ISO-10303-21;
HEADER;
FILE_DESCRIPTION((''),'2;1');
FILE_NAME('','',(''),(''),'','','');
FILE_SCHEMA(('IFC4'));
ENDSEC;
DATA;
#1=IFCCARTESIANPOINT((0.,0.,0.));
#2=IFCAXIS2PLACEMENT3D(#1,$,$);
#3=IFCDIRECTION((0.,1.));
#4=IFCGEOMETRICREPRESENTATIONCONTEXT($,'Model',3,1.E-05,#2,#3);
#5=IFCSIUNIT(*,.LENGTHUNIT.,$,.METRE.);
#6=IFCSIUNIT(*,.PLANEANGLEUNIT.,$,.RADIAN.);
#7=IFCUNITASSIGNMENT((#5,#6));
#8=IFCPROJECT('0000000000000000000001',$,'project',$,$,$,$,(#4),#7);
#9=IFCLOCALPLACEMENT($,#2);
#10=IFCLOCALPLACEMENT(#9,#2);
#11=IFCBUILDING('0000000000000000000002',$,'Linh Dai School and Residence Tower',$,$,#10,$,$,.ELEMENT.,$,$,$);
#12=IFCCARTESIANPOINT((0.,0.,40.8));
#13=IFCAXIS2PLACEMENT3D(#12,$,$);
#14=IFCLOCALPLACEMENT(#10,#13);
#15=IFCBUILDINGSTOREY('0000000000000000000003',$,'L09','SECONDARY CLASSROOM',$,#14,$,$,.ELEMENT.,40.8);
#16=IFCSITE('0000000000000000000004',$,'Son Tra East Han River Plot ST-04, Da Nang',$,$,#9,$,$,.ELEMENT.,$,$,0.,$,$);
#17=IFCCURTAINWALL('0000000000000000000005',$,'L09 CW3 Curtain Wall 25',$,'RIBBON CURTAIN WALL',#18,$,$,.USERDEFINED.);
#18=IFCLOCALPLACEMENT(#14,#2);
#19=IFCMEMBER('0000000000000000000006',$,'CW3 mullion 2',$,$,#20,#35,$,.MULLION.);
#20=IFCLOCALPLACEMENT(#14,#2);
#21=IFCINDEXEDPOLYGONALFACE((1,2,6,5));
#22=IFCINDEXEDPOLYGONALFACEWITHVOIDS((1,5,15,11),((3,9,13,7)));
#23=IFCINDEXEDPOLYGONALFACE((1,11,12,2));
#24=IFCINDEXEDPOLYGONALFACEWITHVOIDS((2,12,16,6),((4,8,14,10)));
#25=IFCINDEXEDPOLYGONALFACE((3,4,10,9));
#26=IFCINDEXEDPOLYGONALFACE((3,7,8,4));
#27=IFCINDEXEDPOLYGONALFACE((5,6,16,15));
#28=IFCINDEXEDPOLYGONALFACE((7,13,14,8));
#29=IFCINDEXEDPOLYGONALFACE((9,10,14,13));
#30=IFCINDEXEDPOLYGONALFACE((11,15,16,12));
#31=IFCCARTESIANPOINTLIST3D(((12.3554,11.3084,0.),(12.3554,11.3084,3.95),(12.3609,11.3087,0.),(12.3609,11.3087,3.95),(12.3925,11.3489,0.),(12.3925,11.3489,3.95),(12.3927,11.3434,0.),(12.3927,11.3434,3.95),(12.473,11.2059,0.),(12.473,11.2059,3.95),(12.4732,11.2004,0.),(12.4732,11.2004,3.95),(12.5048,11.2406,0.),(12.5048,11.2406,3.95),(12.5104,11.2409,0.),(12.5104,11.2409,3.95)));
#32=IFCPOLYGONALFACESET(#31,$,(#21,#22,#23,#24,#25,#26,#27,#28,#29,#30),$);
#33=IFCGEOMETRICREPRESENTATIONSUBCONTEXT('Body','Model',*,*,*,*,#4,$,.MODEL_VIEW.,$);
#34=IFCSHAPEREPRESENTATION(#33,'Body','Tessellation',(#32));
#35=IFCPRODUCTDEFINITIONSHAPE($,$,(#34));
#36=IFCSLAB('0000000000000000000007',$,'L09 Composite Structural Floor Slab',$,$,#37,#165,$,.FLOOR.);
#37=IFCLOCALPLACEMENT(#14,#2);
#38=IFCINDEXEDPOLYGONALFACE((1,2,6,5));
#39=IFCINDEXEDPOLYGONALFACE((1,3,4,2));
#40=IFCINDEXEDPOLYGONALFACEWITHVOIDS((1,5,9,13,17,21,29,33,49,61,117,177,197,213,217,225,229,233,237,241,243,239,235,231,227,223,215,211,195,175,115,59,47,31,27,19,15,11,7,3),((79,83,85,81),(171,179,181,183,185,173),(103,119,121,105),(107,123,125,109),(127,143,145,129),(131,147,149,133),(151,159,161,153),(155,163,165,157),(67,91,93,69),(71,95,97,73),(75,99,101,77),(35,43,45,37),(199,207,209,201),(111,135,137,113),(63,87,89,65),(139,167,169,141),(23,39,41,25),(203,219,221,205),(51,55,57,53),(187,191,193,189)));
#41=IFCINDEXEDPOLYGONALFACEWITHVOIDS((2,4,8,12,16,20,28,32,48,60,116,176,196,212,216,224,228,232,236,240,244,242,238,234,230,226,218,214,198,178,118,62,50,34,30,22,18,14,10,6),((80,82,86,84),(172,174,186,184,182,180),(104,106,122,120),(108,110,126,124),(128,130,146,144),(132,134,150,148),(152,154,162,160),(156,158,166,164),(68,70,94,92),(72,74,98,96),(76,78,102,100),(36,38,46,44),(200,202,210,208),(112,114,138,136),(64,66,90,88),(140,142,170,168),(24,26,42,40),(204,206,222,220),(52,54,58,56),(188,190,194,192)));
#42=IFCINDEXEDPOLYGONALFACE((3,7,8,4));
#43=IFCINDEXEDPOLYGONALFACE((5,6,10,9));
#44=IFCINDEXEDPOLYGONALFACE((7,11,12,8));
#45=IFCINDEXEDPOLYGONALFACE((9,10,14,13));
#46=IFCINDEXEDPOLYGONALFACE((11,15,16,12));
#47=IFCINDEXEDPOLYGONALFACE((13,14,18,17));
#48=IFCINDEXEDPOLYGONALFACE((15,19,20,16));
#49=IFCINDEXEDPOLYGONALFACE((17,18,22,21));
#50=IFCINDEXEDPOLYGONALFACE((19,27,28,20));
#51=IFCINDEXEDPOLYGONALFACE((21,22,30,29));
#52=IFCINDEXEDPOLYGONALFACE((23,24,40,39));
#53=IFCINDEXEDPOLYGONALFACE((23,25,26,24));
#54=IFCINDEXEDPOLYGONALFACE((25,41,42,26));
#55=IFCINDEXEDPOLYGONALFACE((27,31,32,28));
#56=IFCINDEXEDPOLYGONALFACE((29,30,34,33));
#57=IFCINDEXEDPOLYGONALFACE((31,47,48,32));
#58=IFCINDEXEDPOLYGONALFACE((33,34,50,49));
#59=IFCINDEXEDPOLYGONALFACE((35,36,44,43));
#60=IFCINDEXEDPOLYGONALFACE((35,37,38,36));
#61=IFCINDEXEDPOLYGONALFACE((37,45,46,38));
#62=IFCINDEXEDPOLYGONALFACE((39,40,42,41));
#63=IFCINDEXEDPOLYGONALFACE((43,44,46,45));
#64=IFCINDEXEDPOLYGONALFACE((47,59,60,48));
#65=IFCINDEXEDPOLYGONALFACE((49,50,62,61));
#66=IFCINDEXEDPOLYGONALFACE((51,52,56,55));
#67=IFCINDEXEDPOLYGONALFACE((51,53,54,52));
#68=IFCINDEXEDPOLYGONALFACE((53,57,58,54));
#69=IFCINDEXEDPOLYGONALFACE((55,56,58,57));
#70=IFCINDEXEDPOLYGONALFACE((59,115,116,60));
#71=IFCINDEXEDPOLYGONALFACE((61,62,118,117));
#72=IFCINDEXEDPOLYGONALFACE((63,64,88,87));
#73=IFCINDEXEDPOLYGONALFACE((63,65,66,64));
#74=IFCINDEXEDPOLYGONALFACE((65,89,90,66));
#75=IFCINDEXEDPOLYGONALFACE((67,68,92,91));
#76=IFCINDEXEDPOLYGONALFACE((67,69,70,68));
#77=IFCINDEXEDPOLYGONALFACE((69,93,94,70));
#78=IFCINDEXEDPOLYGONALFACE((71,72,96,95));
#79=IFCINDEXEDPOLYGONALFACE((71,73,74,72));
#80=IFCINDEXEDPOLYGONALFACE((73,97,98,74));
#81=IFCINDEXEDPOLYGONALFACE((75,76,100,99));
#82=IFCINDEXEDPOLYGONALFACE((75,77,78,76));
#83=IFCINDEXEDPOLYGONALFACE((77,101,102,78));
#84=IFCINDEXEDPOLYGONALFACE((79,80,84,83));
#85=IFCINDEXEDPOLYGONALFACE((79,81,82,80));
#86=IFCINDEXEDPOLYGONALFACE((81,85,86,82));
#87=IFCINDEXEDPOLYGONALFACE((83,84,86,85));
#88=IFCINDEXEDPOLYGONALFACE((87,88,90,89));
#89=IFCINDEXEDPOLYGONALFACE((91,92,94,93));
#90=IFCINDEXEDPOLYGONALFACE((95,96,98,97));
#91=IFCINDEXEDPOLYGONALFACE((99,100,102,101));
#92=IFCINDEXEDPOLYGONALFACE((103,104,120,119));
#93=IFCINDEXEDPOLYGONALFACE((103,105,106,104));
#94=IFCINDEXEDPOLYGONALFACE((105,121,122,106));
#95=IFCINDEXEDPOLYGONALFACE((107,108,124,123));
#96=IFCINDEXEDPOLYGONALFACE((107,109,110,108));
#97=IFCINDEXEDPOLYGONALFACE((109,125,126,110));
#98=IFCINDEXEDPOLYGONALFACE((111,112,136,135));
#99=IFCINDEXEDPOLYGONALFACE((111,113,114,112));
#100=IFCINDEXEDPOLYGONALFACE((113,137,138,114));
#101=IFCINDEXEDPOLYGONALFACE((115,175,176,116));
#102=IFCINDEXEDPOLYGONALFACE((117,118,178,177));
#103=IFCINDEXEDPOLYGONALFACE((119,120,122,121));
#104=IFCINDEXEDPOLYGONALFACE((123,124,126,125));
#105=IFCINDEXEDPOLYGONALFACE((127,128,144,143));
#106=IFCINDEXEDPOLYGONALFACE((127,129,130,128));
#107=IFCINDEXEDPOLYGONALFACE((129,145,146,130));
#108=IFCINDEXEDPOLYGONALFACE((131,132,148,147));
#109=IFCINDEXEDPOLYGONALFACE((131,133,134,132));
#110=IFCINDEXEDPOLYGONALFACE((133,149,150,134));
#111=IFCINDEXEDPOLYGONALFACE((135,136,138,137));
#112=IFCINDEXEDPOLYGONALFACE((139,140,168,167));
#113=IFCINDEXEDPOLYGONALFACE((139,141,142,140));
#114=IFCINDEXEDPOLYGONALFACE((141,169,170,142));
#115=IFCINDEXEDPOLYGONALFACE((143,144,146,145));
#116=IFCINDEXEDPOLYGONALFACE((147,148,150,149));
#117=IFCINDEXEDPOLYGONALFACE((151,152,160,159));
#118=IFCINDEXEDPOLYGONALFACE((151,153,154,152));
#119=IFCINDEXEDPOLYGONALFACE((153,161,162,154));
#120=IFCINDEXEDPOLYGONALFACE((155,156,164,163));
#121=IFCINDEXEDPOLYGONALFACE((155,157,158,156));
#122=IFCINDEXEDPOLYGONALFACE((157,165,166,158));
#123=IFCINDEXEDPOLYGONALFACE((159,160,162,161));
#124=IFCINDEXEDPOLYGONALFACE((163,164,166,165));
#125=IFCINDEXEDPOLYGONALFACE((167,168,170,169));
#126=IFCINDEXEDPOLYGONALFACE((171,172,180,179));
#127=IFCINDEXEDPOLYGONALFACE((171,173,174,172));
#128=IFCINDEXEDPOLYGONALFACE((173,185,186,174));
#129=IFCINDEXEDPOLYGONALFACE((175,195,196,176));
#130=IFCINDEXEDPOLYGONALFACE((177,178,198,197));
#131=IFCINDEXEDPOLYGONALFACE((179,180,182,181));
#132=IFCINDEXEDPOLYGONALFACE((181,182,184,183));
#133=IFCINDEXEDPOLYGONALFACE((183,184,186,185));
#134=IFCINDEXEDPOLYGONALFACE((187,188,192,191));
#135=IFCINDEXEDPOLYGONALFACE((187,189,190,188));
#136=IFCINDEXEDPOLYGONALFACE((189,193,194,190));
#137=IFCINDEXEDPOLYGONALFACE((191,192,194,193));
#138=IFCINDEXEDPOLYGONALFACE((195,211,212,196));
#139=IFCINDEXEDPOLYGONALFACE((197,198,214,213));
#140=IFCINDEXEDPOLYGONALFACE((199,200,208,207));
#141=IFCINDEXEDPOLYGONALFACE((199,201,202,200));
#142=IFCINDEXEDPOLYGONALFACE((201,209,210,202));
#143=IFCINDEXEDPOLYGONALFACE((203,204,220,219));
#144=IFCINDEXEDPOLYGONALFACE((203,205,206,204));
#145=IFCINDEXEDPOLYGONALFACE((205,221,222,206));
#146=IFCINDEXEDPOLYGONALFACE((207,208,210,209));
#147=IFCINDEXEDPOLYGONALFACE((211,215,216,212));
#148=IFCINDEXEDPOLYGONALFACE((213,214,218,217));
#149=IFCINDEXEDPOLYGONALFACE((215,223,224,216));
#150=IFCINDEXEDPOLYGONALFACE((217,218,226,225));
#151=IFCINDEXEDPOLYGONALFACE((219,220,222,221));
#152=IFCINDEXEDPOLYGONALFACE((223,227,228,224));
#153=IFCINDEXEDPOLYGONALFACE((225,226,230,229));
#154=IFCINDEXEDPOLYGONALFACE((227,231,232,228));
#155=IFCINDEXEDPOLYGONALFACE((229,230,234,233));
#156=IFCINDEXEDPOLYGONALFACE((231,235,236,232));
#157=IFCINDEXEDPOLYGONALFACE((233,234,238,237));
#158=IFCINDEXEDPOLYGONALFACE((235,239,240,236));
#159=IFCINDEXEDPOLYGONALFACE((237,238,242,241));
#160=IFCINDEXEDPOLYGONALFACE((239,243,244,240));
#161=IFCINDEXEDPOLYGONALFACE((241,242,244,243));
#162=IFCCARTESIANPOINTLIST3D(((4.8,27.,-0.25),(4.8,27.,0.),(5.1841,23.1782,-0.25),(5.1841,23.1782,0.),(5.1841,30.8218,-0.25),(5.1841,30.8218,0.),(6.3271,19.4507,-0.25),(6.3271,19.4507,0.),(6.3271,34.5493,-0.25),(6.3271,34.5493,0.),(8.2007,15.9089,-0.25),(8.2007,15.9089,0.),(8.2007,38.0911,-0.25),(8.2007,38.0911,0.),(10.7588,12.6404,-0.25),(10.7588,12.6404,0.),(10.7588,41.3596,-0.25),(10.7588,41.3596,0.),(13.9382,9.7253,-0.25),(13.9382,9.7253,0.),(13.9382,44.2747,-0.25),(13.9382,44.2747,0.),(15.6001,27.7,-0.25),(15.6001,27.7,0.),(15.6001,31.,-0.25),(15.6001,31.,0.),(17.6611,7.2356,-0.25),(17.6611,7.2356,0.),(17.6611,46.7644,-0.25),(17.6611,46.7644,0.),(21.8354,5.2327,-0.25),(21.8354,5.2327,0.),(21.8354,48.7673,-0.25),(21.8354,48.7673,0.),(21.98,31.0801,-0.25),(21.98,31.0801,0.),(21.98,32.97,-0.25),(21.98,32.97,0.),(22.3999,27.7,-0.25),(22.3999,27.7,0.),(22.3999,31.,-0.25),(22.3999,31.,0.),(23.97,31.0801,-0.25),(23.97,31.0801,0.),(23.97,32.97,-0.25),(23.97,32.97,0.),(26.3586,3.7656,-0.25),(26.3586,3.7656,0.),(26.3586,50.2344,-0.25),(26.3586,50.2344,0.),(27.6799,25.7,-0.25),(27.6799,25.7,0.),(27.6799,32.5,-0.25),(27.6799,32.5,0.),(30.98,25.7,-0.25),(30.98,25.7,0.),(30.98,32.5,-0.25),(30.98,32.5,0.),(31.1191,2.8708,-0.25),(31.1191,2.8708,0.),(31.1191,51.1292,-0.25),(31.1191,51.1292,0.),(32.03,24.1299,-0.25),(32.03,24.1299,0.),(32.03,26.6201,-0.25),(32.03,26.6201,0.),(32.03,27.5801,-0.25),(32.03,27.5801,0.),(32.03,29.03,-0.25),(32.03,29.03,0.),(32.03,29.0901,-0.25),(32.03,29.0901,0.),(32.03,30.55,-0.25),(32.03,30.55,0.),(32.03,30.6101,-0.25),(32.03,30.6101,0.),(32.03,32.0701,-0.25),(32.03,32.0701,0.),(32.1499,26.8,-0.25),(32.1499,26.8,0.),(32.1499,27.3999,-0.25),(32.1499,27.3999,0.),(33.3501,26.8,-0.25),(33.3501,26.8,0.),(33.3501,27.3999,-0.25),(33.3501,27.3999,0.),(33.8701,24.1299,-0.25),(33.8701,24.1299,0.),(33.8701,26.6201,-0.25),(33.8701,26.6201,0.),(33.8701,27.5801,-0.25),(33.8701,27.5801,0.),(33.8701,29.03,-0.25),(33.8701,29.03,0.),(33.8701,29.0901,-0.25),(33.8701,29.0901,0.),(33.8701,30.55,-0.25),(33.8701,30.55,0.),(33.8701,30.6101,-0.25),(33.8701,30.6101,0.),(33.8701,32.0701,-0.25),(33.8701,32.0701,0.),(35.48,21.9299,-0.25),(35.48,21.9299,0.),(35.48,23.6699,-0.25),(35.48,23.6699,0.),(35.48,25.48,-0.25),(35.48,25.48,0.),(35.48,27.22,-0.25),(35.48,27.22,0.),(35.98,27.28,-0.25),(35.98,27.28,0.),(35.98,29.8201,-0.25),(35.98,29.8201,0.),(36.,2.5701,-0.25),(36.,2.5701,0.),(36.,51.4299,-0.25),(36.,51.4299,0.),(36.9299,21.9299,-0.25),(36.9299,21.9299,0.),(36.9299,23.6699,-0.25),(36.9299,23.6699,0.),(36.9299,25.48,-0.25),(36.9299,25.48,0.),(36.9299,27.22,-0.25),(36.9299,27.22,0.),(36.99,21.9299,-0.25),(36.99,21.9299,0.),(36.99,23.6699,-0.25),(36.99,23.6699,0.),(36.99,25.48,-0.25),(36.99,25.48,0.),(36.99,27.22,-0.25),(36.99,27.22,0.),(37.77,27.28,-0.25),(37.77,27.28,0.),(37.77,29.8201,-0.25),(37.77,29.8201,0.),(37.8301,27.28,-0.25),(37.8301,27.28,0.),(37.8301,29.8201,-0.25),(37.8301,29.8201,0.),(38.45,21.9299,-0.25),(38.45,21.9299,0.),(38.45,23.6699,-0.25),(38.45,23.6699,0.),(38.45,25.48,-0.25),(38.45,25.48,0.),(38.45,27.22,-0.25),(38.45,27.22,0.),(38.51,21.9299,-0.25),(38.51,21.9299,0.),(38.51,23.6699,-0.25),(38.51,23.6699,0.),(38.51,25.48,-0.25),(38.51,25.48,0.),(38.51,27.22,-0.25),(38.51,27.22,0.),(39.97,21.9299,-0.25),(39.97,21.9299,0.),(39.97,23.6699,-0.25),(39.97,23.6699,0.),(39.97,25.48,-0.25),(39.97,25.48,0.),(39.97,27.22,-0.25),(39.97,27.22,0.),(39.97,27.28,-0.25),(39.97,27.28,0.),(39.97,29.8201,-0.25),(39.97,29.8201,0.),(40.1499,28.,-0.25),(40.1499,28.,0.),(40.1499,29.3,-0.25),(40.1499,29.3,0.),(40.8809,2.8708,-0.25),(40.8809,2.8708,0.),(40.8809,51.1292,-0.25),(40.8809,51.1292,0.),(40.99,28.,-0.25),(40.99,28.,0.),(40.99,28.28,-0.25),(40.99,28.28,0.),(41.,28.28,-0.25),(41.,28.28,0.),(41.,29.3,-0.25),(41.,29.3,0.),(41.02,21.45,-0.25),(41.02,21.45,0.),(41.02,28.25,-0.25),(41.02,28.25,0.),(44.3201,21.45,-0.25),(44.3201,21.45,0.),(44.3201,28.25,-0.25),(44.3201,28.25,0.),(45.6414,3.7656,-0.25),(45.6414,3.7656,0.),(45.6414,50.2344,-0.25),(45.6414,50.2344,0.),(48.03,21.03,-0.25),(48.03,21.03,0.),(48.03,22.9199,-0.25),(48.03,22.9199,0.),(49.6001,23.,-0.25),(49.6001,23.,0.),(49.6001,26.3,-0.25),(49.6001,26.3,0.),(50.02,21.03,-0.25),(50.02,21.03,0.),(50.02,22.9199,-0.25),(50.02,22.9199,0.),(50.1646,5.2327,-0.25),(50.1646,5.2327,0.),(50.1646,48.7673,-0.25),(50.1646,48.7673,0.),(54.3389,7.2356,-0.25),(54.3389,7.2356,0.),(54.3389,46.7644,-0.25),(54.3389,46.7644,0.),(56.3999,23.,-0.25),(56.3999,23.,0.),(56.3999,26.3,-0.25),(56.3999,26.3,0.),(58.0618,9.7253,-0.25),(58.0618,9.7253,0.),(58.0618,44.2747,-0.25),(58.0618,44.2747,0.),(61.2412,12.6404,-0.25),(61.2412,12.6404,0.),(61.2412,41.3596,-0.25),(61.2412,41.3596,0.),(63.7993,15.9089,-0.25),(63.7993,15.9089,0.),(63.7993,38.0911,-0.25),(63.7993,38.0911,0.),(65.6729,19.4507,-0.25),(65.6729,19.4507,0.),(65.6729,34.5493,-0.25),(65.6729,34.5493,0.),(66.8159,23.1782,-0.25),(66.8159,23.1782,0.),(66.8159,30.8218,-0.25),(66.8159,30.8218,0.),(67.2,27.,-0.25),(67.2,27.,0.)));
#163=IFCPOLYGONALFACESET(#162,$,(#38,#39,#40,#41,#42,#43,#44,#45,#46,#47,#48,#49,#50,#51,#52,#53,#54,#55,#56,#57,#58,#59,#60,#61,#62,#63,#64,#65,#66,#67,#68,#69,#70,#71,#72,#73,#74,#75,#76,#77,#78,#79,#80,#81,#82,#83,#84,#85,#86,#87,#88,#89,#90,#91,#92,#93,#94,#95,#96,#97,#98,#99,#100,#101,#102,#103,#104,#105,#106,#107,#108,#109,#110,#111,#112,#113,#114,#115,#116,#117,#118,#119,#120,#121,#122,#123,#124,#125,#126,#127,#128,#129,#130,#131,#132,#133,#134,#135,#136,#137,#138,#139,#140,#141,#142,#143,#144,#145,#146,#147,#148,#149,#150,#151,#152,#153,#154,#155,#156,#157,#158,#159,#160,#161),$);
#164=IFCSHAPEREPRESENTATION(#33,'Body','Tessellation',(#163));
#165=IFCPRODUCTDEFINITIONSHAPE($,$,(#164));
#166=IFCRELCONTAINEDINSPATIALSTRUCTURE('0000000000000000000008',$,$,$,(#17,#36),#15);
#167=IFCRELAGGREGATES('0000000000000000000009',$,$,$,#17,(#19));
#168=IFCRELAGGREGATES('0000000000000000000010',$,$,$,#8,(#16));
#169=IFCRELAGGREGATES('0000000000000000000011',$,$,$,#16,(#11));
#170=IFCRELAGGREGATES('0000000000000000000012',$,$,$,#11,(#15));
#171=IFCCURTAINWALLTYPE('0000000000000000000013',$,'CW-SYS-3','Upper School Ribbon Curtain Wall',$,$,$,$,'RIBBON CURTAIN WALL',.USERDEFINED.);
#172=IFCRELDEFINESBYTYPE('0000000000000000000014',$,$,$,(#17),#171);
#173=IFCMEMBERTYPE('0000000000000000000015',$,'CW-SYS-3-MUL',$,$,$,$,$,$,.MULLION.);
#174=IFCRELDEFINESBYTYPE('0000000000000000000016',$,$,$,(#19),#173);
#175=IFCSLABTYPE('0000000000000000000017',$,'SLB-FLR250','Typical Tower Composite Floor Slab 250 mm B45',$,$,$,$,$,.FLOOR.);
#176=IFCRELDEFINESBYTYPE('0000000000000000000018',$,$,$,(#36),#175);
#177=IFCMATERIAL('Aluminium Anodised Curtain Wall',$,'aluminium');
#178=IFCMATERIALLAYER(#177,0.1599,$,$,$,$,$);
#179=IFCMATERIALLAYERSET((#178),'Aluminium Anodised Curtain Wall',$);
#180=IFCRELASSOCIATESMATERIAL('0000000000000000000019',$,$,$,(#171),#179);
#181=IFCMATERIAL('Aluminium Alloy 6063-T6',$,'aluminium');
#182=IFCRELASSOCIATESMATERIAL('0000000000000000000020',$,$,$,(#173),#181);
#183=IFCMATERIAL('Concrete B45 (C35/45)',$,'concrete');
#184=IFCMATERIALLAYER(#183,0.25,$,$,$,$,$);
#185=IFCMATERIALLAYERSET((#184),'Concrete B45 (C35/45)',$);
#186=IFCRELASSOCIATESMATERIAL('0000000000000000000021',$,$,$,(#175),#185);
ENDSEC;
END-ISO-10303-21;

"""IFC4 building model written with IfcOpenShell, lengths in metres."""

from ifc_helpers import new_model, si_unit, direction, frame, origin, origin_2d, place, context, subcontext, project, spatial, polyline, hollow_rectangle, outline, extrude, source, transform, mapped, material, layer, layer_set, material_profile, profile_set, type_object, element, aggregate, save


model = new_model("IFC4")

# Units and contexts
model_context = context("Model", 3, precision=1e-05, world=origin(), true_north=direction((0.0, 1.0)))
body_context = subcontext(model_context, "Body", "Model", "MODEL_VIEW")
ifc_project = project(units=[si_unit("LENGTHUNIT", "METRE"), si_unit("PLANEANGLEUNIT", "RADIAN")], contexts=[model_context])

# Site, building, storey
site_placement = place(None, origin())
site = spatial("IfcSite", under=ifc_project, at=site_placement, Name="Son Tra East Han River Plot ST-04, Da Nang", CompositionType="ELEMENT", RefElevation=0.0)
building_placement = place(site_placement, origin())
building = spatial("IfcBuilding", under=site, at=building_placement, Name="Linh Dai School and Residence Tower", CompositionType="ELEMENT")
storey_placement = place(building_placement, frame((0.0, 0.0, 40.8)))
storey = spatial("IfcBuildingStorey", under=building, at=storey_placement, Name="L09", Description="SECONDARY CLASSROOM", CompositionType="ELEMENT", Elevation=40.8)

# Curtain wall, member
ifc_material_1 = material(Name="Aluminium Anodised Curtain Wall", Category="aluminium")
ifc_layer_1 = layer(ifc_material_1, 0.1599)
ifc_layer_set_1 = layer_set([ifc_layer_1], Name="Aluminium Anodised Curtain Wall")
curtain_wall_type = type_object("IfcCurtainWallType", Name="CW-SYS-3", Description="Upper School Ribbon Curtain Wall", ElementType="RIBBON CURTAIN WALL", PredefinedType="USERDEFINED", material=ifc_layer_set_1)
curtain_wall_placement = place(storey_placement, origin())
curtain_wall = element("IfcCurtainWall", 1, at=curtain_wall_placement, inside=storey, type_object=curtain_wall_type, Name="L09 CW3 Curtain Wall 25", ObjectType="RIBBON CURTAIN WALL", PredefinedType="USERDEFINED")
ifc_material_2 = material(Name="Aluminium Alloy 6063-T6", Category="aluminium")
ifc_material_profile_1 = material_profile(ifc_material_2, hollow_rectangle(XDim=0.0549, YDim=0.1599, WallThickness=0.0039, at=origin_2d()), Name="RHS 160x55x4")
ifc_profile_set_1 = profile_set([ifc_material_profile_1], Name="Aluminium Alloy 6063-T6")
member_type_1 = type_object("IfcMemberType", Name="CW-SYS-3-MUL", PredefinedType="MULLION", material=ifc_profile_set_1)
shared_shape_1 = source(origin(), body_context, "Body", "SweptSolid", [
    extrude(hollow_rectangle(XDim=0.0549, YDim=0.1599, WallThickness=0.0039, at=origin_2d()), origin(), (0.0, 0.0, 1.0), 3.95),
])
member_1_placement = place(storey_placement, frame((12.4329, 11.2747, 0.0), z_axis=(0.0, 0.0, 1.0), x_axis=(-0.675769, -0.737113, 0.0)))
member_1 = element("IfcMember", 2, at=member_1_placement, type_object=member_type_1, Name="CW3 mullion 2", PredefinedType="MULLION", context=body_context, shape_type="MappedRepresentation", body=[
    mapped(shared_shape_1, transform((0.0, 0.0, 0.0), x_axis=(1.0, 0.0, 0.0), y_axis=(0.0, 1.0, 0.0), z_axis=(0.0, 0.0, 1.0), scale=1.0)),
])

# Slab
ifc_material_3 = material(Name="Concrete B45 (C35/45)", Category="concrete")
ifc_layer_2 = layer(ifc_material_3, 0.25)
ifc_layer_set_2 = layer_set([ifc_layer_2], Name="Concrete B45 (C35/45)")
slab_type_1 = type_object("IfcSlabType", Name="SLB-FLR250", Description="Typical Tower Composite Floor Slab 250 mm B45", PredefinedType="FLOOR", material=ifc_layer_set_2)
slab_1_placement = place(storey_placement, frame((0.0, 0.0, -0.25)))
element("IfcSlab", 3, at=slab_1_placement, inside=storey, type_object=slab_type_1, Name="L09 Composite Structural Floor Slab", PredefinedType="FLOOR", context=body_context, shape_type="SweptSolid", body=[
    extrude(outline(polyline([(67.2, 27.0), (66.8159, 30.8218), (65.6729, 34.5493), (63.7993, 38.0911), (61.2412, 41.3596), (58.0618, 44.2747), (54.3389, 46.7644), (50.1646, 48.7673), (45.6414, 50.2344), (40.8809, 51.1292), (36.0, 51.4299), (31.1191, 51.1292), (26.3586, 50.2344), (21.8354, 48.7673), (17.6611, 46.7644), (13.9382, 44.2747), (10.7588, 41.3596), (8.2007, 38.0911), (6.3271, 34.5493), (5.1841, 30.8218), (4.8, 27.0), (5.1841, 23.1782), (6.3271, 19.4507), (8.2007, 15.9089), (10.7588, 12.6404), (13.9382, 9.7253), (17.6611, 7.2356), (21.8354, 5.2327), (26.3586, 3.7656), (31.1191, 2.8708), (36.0, 2.5701), (40.8809, 2.8708), (45.6414, 3.7656), (50.1646, 5.2327), (54.3389, 7.2356), (58.0618, 9.7253), (61.2412, 12.6404), (63.7993, 15.9089), (65.6729, 19.4507), (66.8159, 23.1782), (67.2, 27.0)]), holes=[polyline([(30.98, 25.7), (30.98, 32.5), (27.6799, 32.5), (27.6799, 25.7), (30.98, 25.7)]), polyline([(41.02, 28.25), (41.02, 21.45), (44.3201, 21.45), (44.3201, 28.25), (41.02, 28.25)]), polyline([(22.3999, 31.0), (15.6001, 31.0), (15.6001, 27.7), (22.3999, 27.7), (22.3999, 31.0)]), polyline([(49.6001, 23.0), (56.3999, 23.0), (56.3999, 26.3), (49.6001, 26.3), (49.6001, 23.0)]), polyline([(35.98, 27.28), (37.77, 27.28), (37.77, 29.8201), (35.98, 29.8201), (35.98, 27.28)]), polyline([(32.03, 24.1299), (33.8701, 24.1299), (33.8701, 26.6201), (32.03, 26.6201), (32.03, 24.1299)]), polyline([(37.8301, 27.28), (39.97, 27.28), (39.97, 29.8201), (37.8301, 29.8201), (37.8301, 27.28)]), polyline([(35.48, 21.9299), (36.9299, 21.9299), (36.9299, 23.6699), (35.48, 23.6699), (35.48, 21.9299)]), polyline([(36.99, 21.9299), (38.45, 21.9299), (38.45, 23.6699), (36.99, 23.6699), (36.99, 21.9299)]), polyline([(38.51, 21.9299), (39.97, 21.9299), (39.97, 23.6699), (38.51, 23.6699), (38.51, 21.9299)]), polyline([(32.03, 27.5801), (33.8701, 27.5801), (33.8701, 29.03), (32.03, 29.03), (32.03, 27.5801)]), polyline([(32.03, 29.0901), (33.8701, 29.0901), (33.8701, 30.55), (32.03, 30.55), (32.03, 29.0901)]), polyline([(32.03, 30.6101), (33.8701, 30.6101), (33.8701, 32.0701), (32.03, 32.0701), (32.03, 30.6101)]), polyline([(35.48, 25.48), (36.9299, 25.48), (36.9299, 27.22), (35.48, 27.22), (35.48, 25.48)]), polyline([(36.99, 25.48), (38.45, 25.48), (38.45, 27.22), (36.99, 27.22), (36.99, 25.48)]), polyline([(38.51, 25.48), (39.97, 25.48), (39.97, 27.22), (38.51, 27.22), (38.51, 25.48)]), polyline([(21.98, 31.0801), (23.97, 31.0801), (23.97, 32.97), (21.98, 32.97), (21.98, 31.0801)]), polyline([(48.03, 21.03), (50.02, 21.03), (50.02, 22.9199), (48.03, 22.9199), (48.03, 21.03)]), polyline([(40.1499, 28.0), (40.1499, 29.3), (41.0, 29.3), (41.0, 28.28), (40.99, 28.28), (40.99, 28.0), (40.1499, 28.0)]), polyline([(32.1499, 26.8), (33.3501, 26.8), (33.3501, 27.3999), (32.1499, 27.3999), (32.1499, 26.8)])]), origin(), (0.0, 0.0, 1.0), 0.25),
])

aggregate(curtain_wall, [member_1])

save(model, "model.ifc")
